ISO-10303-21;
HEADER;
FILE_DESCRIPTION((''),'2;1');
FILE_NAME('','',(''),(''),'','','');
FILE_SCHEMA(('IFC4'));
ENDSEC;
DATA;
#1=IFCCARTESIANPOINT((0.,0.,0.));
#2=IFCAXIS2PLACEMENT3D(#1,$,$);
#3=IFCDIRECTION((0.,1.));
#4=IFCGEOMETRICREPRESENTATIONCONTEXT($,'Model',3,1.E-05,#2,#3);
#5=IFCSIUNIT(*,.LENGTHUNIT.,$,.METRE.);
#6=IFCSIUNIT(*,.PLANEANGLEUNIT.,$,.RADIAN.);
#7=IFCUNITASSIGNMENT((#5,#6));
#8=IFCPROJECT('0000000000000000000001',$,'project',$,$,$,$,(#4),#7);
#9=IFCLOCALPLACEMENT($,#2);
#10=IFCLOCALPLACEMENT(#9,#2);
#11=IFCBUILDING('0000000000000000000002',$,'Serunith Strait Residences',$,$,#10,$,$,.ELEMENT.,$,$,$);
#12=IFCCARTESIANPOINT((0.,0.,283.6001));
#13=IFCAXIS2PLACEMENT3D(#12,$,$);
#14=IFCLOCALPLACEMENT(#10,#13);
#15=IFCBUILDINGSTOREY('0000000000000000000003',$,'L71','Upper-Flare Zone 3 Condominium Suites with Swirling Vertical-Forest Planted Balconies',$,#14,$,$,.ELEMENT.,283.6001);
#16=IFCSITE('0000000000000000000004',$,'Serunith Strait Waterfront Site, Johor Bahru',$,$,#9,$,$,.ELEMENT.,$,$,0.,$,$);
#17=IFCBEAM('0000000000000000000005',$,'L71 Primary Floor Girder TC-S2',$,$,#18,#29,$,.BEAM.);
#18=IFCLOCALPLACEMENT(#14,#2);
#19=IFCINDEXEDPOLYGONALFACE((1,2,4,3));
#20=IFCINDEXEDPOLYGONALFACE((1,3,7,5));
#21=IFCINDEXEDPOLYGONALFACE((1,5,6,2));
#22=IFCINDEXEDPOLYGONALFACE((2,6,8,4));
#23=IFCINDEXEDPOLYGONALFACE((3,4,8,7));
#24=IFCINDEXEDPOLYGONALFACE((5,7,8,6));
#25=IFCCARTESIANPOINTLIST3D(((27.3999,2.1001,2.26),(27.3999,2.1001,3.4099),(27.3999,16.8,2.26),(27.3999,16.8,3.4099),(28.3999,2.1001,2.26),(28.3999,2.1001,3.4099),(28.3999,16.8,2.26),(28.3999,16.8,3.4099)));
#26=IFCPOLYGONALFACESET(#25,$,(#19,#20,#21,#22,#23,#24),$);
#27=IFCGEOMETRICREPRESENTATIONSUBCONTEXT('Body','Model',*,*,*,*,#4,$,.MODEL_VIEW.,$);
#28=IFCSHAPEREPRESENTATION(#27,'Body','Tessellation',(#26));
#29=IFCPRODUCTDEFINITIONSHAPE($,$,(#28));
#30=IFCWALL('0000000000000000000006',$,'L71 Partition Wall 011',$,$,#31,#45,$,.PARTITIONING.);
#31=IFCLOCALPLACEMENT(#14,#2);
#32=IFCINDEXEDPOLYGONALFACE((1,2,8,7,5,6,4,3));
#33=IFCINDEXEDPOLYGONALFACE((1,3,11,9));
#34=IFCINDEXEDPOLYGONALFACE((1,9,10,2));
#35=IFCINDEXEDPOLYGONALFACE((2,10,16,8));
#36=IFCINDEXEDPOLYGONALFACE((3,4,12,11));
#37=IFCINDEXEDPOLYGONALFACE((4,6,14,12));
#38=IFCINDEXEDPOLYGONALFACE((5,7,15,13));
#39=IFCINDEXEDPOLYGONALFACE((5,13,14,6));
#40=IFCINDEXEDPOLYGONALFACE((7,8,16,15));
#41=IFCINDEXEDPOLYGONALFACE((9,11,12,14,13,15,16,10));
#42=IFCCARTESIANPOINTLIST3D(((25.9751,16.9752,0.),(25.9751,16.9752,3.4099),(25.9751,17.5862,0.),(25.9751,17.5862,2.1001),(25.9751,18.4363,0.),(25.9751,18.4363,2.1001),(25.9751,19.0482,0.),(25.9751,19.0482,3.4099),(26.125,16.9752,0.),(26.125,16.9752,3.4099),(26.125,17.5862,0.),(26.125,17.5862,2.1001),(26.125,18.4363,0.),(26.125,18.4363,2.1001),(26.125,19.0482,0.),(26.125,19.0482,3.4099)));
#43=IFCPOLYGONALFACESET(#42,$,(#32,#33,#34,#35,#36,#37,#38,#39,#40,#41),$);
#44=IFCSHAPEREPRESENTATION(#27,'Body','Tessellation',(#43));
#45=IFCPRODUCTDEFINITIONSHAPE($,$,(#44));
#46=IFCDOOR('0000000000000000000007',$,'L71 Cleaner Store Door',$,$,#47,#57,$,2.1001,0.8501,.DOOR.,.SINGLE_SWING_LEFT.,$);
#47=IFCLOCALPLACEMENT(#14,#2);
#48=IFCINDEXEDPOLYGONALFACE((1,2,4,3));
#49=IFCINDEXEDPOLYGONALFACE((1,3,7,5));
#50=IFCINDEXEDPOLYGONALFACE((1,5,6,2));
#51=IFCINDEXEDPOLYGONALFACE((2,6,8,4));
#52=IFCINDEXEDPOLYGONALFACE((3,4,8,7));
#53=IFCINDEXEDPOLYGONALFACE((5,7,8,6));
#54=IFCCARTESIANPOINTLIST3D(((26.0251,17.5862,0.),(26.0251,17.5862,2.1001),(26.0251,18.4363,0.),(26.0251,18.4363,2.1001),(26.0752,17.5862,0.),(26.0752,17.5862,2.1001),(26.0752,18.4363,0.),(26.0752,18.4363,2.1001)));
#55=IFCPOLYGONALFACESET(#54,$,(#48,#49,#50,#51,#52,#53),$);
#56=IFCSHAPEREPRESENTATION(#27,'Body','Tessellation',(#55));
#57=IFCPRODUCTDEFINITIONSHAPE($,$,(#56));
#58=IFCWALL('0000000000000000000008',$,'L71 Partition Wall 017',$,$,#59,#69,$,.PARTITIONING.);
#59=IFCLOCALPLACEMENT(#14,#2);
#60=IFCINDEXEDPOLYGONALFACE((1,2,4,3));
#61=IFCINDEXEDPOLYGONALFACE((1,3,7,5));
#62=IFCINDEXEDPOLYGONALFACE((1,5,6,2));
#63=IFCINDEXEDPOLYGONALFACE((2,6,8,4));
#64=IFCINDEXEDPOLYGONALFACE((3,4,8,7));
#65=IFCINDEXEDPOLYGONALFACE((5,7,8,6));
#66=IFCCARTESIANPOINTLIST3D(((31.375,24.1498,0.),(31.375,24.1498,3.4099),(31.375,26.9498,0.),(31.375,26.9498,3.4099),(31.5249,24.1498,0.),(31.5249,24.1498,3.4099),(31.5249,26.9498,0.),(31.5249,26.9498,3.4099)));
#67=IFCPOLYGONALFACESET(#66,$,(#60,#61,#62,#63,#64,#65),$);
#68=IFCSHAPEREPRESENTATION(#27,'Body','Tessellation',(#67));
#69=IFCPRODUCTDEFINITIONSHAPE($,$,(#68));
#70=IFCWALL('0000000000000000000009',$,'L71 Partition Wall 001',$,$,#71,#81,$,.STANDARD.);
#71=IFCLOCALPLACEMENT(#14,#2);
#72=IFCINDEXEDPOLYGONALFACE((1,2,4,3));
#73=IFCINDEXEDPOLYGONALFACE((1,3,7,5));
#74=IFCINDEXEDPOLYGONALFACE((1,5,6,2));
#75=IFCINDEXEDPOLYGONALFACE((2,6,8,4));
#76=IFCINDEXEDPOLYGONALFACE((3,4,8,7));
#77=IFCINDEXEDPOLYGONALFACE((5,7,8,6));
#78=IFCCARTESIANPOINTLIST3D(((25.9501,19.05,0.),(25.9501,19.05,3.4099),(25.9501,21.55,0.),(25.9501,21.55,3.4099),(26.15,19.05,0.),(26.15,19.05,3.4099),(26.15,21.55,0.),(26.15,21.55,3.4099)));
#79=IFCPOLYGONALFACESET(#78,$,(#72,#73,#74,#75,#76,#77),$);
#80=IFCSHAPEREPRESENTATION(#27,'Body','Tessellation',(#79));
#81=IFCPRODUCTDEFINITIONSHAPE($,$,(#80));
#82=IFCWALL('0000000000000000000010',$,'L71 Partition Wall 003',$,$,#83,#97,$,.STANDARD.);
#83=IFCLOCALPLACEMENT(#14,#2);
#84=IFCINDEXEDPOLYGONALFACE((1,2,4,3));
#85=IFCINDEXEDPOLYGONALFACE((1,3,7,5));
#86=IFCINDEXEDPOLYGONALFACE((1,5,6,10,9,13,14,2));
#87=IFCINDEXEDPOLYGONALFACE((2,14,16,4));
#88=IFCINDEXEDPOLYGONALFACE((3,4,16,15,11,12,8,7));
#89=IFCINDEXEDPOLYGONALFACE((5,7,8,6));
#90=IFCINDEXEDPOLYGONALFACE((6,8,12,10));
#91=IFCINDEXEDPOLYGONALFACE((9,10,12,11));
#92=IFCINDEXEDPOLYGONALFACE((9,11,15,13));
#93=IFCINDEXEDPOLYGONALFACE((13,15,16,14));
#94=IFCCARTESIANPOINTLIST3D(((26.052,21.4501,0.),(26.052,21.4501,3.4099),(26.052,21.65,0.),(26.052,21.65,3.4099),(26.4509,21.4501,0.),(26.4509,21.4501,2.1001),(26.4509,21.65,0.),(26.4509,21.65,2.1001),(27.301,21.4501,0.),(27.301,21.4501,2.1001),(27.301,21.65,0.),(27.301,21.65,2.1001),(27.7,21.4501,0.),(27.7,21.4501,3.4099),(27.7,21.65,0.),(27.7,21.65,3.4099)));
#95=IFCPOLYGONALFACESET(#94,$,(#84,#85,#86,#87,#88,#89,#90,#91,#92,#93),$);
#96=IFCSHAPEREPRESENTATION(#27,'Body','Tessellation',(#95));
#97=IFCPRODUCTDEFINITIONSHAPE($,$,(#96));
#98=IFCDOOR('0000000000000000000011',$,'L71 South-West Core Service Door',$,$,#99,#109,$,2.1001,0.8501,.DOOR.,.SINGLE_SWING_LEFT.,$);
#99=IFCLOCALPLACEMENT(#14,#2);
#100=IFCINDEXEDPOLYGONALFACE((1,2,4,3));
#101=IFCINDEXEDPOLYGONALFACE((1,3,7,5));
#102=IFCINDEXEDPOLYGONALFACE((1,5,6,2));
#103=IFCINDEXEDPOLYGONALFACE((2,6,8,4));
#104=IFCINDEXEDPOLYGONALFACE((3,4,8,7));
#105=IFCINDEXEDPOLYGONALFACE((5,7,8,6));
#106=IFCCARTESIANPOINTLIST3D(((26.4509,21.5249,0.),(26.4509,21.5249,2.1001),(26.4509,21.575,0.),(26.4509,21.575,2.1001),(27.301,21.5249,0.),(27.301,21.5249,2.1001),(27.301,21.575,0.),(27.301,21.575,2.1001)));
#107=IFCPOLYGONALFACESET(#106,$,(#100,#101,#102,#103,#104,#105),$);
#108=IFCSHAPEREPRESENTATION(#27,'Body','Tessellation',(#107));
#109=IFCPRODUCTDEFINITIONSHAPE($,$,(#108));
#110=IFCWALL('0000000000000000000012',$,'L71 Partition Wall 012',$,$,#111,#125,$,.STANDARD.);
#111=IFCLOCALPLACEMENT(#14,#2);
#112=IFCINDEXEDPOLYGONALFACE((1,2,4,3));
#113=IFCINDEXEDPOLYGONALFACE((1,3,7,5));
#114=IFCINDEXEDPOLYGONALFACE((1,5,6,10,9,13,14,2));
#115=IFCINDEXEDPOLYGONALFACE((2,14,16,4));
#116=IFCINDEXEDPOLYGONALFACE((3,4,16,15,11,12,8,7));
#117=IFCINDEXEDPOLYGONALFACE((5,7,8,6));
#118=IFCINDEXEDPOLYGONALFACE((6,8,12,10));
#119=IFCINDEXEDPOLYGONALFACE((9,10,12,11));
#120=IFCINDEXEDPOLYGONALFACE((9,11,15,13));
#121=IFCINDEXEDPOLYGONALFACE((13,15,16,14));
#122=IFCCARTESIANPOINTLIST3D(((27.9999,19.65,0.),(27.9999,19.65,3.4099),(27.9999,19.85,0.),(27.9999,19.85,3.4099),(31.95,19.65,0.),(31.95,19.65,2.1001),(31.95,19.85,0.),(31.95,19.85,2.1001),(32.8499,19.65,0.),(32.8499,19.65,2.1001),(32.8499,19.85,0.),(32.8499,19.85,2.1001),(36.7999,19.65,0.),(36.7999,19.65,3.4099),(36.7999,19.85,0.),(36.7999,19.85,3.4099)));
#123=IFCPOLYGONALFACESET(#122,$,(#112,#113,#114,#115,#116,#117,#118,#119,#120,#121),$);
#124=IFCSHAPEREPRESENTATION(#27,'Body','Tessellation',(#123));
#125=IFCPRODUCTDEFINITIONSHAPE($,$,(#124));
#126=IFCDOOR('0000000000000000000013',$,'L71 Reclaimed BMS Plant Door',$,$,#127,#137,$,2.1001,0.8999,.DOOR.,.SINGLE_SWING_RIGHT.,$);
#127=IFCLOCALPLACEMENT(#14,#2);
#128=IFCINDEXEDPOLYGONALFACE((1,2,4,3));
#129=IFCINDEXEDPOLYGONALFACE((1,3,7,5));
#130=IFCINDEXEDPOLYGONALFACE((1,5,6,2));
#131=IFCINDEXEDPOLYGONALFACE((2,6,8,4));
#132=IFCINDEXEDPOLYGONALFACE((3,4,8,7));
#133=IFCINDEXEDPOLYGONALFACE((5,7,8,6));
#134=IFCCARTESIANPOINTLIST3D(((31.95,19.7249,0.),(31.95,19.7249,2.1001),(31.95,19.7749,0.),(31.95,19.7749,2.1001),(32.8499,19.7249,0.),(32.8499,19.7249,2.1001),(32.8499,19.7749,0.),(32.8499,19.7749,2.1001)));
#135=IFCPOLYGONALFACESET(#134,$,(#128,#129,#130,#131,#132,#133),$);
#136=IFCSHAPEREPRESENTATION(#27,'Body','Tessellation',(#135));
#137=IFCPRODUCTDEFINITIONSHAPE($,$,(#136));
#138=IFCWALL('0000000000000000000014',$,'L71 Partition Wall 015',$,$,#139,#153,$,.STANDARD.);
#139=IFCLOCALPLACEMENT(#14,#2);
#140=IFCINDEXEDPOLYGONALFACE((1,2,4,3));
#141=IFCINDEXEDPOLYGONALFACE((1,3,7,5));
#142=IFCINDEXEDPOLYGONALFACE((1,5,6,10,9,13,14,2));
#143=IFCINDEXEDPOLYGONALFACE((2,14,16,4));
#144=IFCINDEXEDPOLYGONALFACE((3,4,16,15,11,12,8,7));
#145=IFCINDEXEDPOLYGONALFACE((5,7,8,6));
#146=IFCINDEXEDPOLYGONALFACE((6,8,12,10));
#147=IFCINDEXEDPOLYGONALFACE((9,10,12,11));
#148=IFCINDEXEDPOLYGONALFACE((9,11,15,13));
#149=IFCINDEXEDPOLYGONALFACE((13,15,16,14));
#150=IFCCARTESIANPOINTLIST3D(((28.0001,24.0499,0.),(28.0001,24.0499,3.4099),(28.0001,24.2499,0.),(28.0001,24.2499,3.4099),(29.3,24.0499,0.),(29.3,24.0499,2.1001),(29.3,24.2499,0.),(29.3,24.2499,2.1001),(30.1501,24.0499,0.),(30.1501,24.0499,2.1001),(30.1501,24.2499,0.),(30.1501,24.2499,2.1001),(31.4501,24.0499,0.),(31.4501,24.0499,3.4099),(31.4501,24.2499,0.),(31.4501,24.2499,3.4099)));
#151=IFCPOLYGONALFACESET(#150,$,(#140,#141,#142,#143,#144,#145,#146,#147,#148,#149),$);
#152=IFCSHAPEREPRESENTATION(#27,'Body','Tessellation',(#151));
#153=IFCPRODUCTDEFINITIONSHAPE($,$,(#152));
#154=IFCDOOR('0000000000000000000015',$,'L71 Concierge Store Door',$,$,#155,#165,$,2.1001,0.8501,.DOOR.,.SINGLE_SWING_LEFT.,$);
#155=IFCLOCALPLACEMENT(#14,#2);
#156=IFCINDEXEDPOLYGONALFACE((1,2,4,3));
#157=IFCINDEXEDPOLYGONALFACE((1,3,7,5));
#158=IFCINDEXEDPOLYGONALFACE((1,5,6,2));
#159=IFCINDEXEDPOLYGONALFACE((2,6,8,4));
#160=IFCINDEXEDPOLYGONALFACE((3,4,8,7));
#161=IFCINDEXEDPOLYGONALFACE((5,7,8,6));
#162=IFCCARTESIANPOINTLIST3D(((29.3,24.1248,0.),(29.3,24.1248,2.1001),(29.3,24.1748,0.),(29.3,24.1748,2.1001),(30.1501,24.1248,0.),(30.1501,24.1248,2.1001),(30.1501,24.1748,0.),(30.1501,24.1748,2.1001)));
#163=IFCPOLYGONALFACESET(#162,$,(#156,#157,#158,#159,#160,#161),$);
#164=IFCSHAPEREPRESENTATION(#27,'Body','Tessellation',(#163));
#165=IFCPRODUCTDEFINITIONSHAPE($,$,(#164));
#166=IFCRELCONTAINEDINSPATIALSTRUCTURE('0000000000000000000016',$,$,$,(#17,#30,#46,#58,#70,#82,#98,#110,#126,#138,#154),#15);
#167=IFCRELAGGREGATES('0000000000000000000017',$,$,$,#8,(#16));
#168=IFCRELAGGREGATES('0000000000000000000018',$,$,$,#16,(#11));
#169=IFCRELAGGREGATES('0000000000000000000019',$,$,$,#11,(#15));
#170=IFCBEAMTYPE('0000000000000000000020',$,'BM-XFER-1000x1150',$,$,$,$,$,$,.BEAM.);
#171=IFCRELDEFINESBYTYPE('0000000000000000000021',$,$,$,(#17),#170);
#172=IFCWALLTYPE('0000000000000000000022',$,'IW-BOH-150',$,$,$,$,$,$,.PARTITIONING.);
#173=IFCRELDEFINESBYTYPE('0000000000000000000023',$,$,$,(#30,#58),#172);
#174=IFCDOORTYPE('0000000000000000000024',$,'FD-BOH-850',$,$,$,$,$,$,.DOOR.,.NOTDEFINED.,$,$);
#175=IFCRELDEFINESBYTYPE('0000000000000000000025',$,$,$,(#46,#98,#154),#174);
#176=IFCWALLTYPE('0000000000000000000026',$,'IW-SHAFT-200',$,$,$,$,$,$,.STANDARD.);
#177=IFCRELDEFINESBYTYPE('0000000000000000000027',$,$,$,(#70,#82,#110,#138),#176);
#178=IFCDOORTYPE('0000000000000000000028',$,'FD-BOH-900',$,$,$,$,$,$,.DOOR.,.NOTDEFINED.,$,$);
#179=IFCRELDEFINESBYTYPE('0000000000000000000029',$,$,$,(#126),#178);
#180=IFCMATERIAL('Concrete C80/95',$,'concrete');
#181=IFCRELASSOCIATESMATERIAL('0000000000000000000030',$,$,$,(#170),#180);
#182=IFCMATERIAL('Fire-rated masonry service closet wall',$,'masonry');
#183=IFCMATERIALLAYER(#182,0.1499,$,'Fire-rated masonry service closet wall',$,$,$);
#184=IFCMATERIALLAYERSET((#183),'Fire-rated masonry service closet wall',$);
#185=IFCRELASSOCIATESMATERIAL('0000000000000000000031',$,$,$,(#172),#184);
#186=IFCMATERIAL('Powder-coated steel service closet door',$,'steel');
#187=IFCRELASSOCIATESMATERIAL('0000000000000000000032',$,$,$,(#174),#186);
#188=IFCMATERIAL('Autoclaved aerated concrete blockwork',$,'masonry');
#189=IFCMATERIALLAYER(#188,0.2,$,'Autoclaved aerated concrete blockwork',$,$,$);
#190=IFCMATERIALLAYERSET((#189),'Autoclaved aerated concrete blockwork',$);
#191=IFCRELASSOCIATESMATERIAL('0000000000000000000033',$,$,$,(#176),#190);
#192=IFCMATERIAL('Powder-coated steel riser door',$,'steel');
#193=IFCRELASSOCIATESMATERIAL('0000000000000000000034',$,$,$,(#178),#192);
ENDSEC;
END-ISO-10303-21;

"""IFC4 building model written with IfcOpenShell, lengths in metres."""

from ifc_helpers import new_model, si_unit, direction, frame, frame_2d, origin, origin_2d, place, context, subcontext, project, spatial, rectangle, extrude, source, transform, mapped, material, layer, layer_set, material_profile, profile_set, type_object, element, fill, save


model = new_model("IFC4")

# Units and contexts
model_context = context("Model", 3, precision=1e-05, world=origin(), true_north=direction((0.0, 1.0)))
body_context = subcontext(model_context, "Body", "Model", "MODEL_VIEW")
ifc_project = project(units=[si_unit("LENGTHUNIT", "METRE"), si_unit("PLANEANGLEUNIT", "RADIAN")], contexts=[model_context])

# Site, building, storey
site_placement = place(None, origin())
site = spatial("IfcSite", under=ifc_project, at=site_placement, Name="Serunith Strait Waterfront Site, Johor Bahru", CompositionType="ELEMENT", RefElevation=0.0)
building_placement = place(site_placement, origin())
building = spatial("IfcBuilding", under=site, at=building_placement, Name="Serunith Strait Residences", CompositionType="ELEMENT")
storey_placement = place(building_placement, frame((0.0, 0.0, 283.6001)))
storey = spatial("IfcBuildingStorey", under=building, at=storey_placement, Name="L71", Description="Upper-Flare Zone 3 Condominium Suites with Swirling Vertical-Forest Planted Balconies", CompositionType="ELEMENT", Elevation=283.6001)

# Beam
ifc_material_1 = material(Name="Concrete C80/95", Category="concrete")
ifc_material_profile = material_profile(ifc_material_1, rectangle(XDim=1.0, YDim=1.1499, at=origin_2d()), Name="RC 1000x1150")
ifc_profile_set = profile_set([ifc_material_profile], Name="Concrete C80/95")
beam_type = type_object("IfcBeamType", Name="BM-XFER-1000x1150", PredefinedType="BEAM", material=ifc_profile_set)
shared_shape_1 = source(origin(), body_context, "Body", "SweptSolid", [
    extrude(rectangle(XDim=1.0, YDim=1.1499, at=origin_2d()), origin(), (0.0, 0.0, 1.0), 14.7),
])
beam_placement = place(storey_placement, frame((27.8999, 16.8, 2.835), z_axis=(0.0, -1.0, 0.0), x_axis=(1.0, 0.0, 0.0)))
element("IfcBeam", 1, at=beam_placement, inside=storey, type_object=beam_type, Name="L71 Primary Floor Girder TC-S2", PredefinedType="BEAM", context=body_context, shape_type="MappedRepresentation", body=[
    mapped(shared_shape_1, transform((0.0, 0.0, 0.0), scale=1.0)),
])

# Wall, opening, door
ifc_material_2 = material(Name="Fire-rated masonry service closet wall", Category="masonry")
ifc_layer_1 = layer(ifc_material_2, 0.1499, Name="Fire-rated masonry service closet wall")
ifc_layer_set_1 = layer_set([ifc_layer_1], Name="Fire-rated masonry service closet wall")
wall_type_1 = type_object("IfcWallType", Name="IW-BOH-150", PredefinedType="PARTITIONING", material=ifc_layer_set_1)
wall_1_placement = place(storey_placement, frame((26.05, 16.9751, 0.0), z_axis=(0.0, 0.0, 1.0), x_axis=(0.0, 1.0, 0.0)))
wall_1 = element("IfcWall", 2, at=wall_1_placement, inside=storey, type_object=wall_type_1, Name="L71 Partition Wall 011", PredefinedType="PARTITIONING", context=body_context, shape_type="SweptSolid", body=[
    extrude(rectangle(XDim=2.073, YDim=0.1499, at=frame_2d((1.0366, 0.0))), origin(), (0.0, 0.0, 1.0), 3.4099),
])
opening_1_placement = place(wall_1_placement, frame((0.6111, 0.0, 0.0)))
opening_1 = element("IfcOpeningElement", 3, at=opening_1_placement, cuts=wall_1, PredefinedType="OPENING", context=body_context, shape_type="SweptSolid", body=[
    extrude(rectangle(XDim=0.8501, YDim=2.1001, at=frame_2d((0.425, 1.05))), frame((0.0, 0.085, 0.0), z_axis=(0.0, -1.0, 0.0), x_axis=(1.0, 0.0, 0.0)), (0.0, 0.0, 1.0), 0.1699),
])
ifc_material_3 = material(Name="Powder-coated steel service closet door", Category="steel")
door_type_1 = type_object("IfcDoorType", Name="FD-BOH-850", OperationType="NOTDEFINED", PredefinedType="DOOR", material=ifc_material_3)
shared_shape_2 = source(origin(), body_context, "Body", "SweptSolid", [
    extrude(rectangle(XDim=0.8501, YDim=2.1001, at=frame_2d((0.425, 1.05))), frame((0.0, 0.0249, 0.0), z_axis=(0.0, -1.0, 0.0), x_axis=(1.0, 0.0, 0.0)), (0.0, 0.0, 1.0), 0.05),
])
door_1_placement = place(opening_1_placement, origin())
door_1 = element("IfcDoor", 4, at=door_1_placement, inside=storey, type_object=door_type_1, Name="L71 Cleaner Store Door", OperationType="SINGLE_SWING_LEFT", OverallHeight=2.1001, OverallWidth=0.8501, PredefinedType="DOOR", context=body_context, shape_type="MappedRepresentation", body=[
    mapped(shared_shape_2, transform((0.0, 0.0, 0.0), scale=1.0)),
])
fill(opening_1, door_1)

# Walls
wall_2_placement = place(storey_placement, frame((31.45, 24.1499, 0.0), z_axis=(0.0, 0.0, 1.0), x_axis=(0.0, 1.0, 0.0)))
element("IfcWall", 5, at=wall_2_placement, inside=storey, type_object=wall_type_1, Name="L71 Partition Wall 017", PredefinedType="PARTITIONING", context=body_context, shape_type="SweptSolid", body=[
    extrude(rectangle(XDim=2.8, YDim=0.1499, at=frame_2d((1.3999, 0.0))), origin(), (0.0, 0.0, 1.0), 3.4099),
])
ifc_material_4 = material(Name="Autoclaved aerated concrete blockwork", Category="masonry")
ifc_layer_2 = layer(ifc_material_4, 0.2, Name="Autoclaved aerated concrete blockwork")
ifc_layer_set_2 = layer_set([ifc_layer_2], Name="Autoclaved aerated concrete blockwork")
wall_type_2 = type_object("IfcWallType", Name="IW-SHAFT-200", PredefinedType="STANDARD", material=ifc_layer_set_2)
wall_3_placement = place(storey_placement, frame((26.05, 19.05, 0.0), z_axis=(0.0, 0.0, 1.0), x_axis=(0.0, 1.0, 0.0)))
element("IfcWall", 6, at=wall_3_placement, inside=storey, type_object=wall_type_2, Name="L71 Partition Wall 001", PredefinedType="STANDARD", context=body_context, shape_type="SweptSolid", body=[
    extrude(rectangle(XDim=2.5, YDim=0.2, at=frame_2d((1.25, 0.0))), origin(), (0.0, 0.0, 1.0), 3.4099),
])

# Walls, openings, doors
wall_4_placement = place(storey_placement, frame((26.052, 21.55, 0.0), z_axis=(0.0, 0.0, 1.0), x_axis=(1.0, 0.0, 0.0)))
wall_4 = element("IfcWall", 7, at=wall_4_placement, inside=storey, type_object=wall_type_2, Name="L71 Partition Wall 003", PredefinedType="STANDARD", context=body_context, shape_type="SweptSolid", body=[
    extrude(rectangle(XDim=1.6479, YDim=0.2, at=frame_2d((0.824, 0.0))), origin(), (0.0, 0.0, 1.0), 3.4099),
])
opening_2_placement = place(wall_4_placement, frame((0.3989, 0.0, 0.0)))
opening_2 = element("IfcOpeningElement", 8, at=opening_2_placement, cuts=wall_4, PredefinedType="OPENING", context=body_context, shape_type="SweptSolid", body=[
    extrude(rectangle(XDim=0.8501, YDim=2.1001, at=frame_2d((0.425, 1.05))), frame((0.0, 0.1099, 0.0), z_axis=(0.0, -1.0, 0.0), x_axis=(1.0, 0.0, 0.0)), (0.0, 0.0, 1.0), 0.22),
])
door_2_placement = place(opening_2_placement, origin())
door_2 = element("IfcDoor", 9, at=door_2_placement, inside=storey, type_object=door_type_1, Name="L71 South-West Core Service Door", OperationType="SINGLE_SWING_LEFT", OverallHeight=2.1001, OverallWidth=0.8501, PredefinedType="DOOR", context=body_context, shape_type="MappedRepresentation", body=[
    mapped(shared_shape_2, transform((0.0, 0.0, 0.0), scale=1.0)),
])
fill(opening_2, door_2)
wall_5_placement = place(storey_placement, frame((28.0, 19.75, 0.0), z_axis=(0.0, 0.0, 1.0), x_axis=(1.0, 0.0, 0.0)))
wall_5 = element("IfcWall", 10, at=wall_5_placement, inside=storey, type_object=wall_type_2, Name="L71 Partition Wall 012", PredefinedType="STANDARD", context=body_context, shape_type="SweptSolid", body=[
    extrude(rectangle(XDim=8.8, YDim=0.2, at=frame_2d((4.3999, 0.0))), origin(), (0.0, 0.0, 1.0), 3.4099),
])
opening_3_placement = place(wall_5_placement, frame((3.95, 0.0, 0.0)))
opening_3 = element("IfcOpeningElement", 11, at=opening_3_placement, cuts=wall_5, PredefinedType="OPENING", context=body_context, shape_type="SweptSolid", body=[
    extrude(rectangle(XDim=0.8999, YDim=2.1001, at=frame_2d((0.45, 1.05))), frame((0.0, 0.1099, 0.0), z_axis=(0.0, -1.0, 0.0), x_axis=(1.0, 0.0, 0.0)), (0.0, 0.0, 1.0), 0.22),
])
ifc_material_5 = material(Name="Powder-coated steel riser door", Category="steel")
door_type_2 = type_object("IfcDoorType", Name="FD-BOH-900", OperationType="NOTDEFINED", PredefinedType="DOOR", material=ifc_material_5)
shared_shape_3 = source(origin(), body_context, "Body", "SweptSolid", [
    extrude(rectangle(XDim=0.8999, YDim=2.1001, at=frame_2d((0.45, 1.05))), frame((0.0, 0.0249, 0.0), z_axis=(0.0, -1.0, 0.0), x_axis=(1.0, 0.0, 0.0)), (0.0, 0.0, 1.0), 0.05),
])
door_3_placement = place(opening_3_placement, origin())
door_3 = element("IfcDoor", 12, at=door_3_placement, inside=storey, type_object=door_type_2, Name="L71 Reclaimed BMS Plant Door", OperationType="SINGLE_SWING_RIGHT", OverallHeight=2.1001, OverallWidth=0.8999, PredefinedType="DOOR", context=body_context, shape_type="MappedRepresentation", body=[
    mapped(shared_shape_3, transform((0.0, 0.0, 0.0), scale=1.0)),
])
fill(opening_3, door_3)
wall_6_placement = place(storey_placement, frame((28.0, 24.1499, 0.0), z_axis=(0.0, 0.0, 1.0), x_axis=(1.0, 0.0, 0.0)))
wall_6 = element("IfcWall", 13, at=wall_6_placement, inside=storey, type_object=wall_type_2, Name="L71 Partition Wall 015", PredefinedType="STANDARD", context=body_context, shape_type="SweptSolid", body=[
    extrude(rectangle(XDim=3.45, YDim=0.2, at=frame_2d((1.7251, 0.0))), origin(), (0.0, 0.0, 1.0), 3.4099),
])
opening_4_placement = place(wall_6_placement, frame((1.3, 0.0, 0.0)))
opening_4 = element("IfcOpeningElement", 14, at=opening_4_placement, cuts=wall_6, PredefinedType="OPENING", context=body_context, shape_type="SweptSolid", body=[
    extrude(rectangle(XDim=0.8501, YDim=2.1001, at=frame_2d((0.425, 1.05))), frame((0.0, 0.1099, 0.0), z_axis=(0.0, -1.0, 0.0), x_axis=(1.0, 0.0, 0.0)), (0.0, 0.0, 1.0), 0.22),
])
door_4_placement = place(opening_4_placement, origin())
door_4 = element("IfcDoor", 15, at=door_4_placement, inside=storey, type_object=door_type_1, Name="L71 Concierge Store Door", OperationType="SINGLE_SWING_LEFT", OverallHeight=2.1001, OverallWidth=0.8501, PredefinedType="DOOR", context=body_context, shape_type="MappedRepresentation", body=[
    mapped(shared_shape_2, transform((0.0, 0.0, 0.0), scale=1.0)),
])
fill(opening_4, door_4)

save(model, "model.ifc")
